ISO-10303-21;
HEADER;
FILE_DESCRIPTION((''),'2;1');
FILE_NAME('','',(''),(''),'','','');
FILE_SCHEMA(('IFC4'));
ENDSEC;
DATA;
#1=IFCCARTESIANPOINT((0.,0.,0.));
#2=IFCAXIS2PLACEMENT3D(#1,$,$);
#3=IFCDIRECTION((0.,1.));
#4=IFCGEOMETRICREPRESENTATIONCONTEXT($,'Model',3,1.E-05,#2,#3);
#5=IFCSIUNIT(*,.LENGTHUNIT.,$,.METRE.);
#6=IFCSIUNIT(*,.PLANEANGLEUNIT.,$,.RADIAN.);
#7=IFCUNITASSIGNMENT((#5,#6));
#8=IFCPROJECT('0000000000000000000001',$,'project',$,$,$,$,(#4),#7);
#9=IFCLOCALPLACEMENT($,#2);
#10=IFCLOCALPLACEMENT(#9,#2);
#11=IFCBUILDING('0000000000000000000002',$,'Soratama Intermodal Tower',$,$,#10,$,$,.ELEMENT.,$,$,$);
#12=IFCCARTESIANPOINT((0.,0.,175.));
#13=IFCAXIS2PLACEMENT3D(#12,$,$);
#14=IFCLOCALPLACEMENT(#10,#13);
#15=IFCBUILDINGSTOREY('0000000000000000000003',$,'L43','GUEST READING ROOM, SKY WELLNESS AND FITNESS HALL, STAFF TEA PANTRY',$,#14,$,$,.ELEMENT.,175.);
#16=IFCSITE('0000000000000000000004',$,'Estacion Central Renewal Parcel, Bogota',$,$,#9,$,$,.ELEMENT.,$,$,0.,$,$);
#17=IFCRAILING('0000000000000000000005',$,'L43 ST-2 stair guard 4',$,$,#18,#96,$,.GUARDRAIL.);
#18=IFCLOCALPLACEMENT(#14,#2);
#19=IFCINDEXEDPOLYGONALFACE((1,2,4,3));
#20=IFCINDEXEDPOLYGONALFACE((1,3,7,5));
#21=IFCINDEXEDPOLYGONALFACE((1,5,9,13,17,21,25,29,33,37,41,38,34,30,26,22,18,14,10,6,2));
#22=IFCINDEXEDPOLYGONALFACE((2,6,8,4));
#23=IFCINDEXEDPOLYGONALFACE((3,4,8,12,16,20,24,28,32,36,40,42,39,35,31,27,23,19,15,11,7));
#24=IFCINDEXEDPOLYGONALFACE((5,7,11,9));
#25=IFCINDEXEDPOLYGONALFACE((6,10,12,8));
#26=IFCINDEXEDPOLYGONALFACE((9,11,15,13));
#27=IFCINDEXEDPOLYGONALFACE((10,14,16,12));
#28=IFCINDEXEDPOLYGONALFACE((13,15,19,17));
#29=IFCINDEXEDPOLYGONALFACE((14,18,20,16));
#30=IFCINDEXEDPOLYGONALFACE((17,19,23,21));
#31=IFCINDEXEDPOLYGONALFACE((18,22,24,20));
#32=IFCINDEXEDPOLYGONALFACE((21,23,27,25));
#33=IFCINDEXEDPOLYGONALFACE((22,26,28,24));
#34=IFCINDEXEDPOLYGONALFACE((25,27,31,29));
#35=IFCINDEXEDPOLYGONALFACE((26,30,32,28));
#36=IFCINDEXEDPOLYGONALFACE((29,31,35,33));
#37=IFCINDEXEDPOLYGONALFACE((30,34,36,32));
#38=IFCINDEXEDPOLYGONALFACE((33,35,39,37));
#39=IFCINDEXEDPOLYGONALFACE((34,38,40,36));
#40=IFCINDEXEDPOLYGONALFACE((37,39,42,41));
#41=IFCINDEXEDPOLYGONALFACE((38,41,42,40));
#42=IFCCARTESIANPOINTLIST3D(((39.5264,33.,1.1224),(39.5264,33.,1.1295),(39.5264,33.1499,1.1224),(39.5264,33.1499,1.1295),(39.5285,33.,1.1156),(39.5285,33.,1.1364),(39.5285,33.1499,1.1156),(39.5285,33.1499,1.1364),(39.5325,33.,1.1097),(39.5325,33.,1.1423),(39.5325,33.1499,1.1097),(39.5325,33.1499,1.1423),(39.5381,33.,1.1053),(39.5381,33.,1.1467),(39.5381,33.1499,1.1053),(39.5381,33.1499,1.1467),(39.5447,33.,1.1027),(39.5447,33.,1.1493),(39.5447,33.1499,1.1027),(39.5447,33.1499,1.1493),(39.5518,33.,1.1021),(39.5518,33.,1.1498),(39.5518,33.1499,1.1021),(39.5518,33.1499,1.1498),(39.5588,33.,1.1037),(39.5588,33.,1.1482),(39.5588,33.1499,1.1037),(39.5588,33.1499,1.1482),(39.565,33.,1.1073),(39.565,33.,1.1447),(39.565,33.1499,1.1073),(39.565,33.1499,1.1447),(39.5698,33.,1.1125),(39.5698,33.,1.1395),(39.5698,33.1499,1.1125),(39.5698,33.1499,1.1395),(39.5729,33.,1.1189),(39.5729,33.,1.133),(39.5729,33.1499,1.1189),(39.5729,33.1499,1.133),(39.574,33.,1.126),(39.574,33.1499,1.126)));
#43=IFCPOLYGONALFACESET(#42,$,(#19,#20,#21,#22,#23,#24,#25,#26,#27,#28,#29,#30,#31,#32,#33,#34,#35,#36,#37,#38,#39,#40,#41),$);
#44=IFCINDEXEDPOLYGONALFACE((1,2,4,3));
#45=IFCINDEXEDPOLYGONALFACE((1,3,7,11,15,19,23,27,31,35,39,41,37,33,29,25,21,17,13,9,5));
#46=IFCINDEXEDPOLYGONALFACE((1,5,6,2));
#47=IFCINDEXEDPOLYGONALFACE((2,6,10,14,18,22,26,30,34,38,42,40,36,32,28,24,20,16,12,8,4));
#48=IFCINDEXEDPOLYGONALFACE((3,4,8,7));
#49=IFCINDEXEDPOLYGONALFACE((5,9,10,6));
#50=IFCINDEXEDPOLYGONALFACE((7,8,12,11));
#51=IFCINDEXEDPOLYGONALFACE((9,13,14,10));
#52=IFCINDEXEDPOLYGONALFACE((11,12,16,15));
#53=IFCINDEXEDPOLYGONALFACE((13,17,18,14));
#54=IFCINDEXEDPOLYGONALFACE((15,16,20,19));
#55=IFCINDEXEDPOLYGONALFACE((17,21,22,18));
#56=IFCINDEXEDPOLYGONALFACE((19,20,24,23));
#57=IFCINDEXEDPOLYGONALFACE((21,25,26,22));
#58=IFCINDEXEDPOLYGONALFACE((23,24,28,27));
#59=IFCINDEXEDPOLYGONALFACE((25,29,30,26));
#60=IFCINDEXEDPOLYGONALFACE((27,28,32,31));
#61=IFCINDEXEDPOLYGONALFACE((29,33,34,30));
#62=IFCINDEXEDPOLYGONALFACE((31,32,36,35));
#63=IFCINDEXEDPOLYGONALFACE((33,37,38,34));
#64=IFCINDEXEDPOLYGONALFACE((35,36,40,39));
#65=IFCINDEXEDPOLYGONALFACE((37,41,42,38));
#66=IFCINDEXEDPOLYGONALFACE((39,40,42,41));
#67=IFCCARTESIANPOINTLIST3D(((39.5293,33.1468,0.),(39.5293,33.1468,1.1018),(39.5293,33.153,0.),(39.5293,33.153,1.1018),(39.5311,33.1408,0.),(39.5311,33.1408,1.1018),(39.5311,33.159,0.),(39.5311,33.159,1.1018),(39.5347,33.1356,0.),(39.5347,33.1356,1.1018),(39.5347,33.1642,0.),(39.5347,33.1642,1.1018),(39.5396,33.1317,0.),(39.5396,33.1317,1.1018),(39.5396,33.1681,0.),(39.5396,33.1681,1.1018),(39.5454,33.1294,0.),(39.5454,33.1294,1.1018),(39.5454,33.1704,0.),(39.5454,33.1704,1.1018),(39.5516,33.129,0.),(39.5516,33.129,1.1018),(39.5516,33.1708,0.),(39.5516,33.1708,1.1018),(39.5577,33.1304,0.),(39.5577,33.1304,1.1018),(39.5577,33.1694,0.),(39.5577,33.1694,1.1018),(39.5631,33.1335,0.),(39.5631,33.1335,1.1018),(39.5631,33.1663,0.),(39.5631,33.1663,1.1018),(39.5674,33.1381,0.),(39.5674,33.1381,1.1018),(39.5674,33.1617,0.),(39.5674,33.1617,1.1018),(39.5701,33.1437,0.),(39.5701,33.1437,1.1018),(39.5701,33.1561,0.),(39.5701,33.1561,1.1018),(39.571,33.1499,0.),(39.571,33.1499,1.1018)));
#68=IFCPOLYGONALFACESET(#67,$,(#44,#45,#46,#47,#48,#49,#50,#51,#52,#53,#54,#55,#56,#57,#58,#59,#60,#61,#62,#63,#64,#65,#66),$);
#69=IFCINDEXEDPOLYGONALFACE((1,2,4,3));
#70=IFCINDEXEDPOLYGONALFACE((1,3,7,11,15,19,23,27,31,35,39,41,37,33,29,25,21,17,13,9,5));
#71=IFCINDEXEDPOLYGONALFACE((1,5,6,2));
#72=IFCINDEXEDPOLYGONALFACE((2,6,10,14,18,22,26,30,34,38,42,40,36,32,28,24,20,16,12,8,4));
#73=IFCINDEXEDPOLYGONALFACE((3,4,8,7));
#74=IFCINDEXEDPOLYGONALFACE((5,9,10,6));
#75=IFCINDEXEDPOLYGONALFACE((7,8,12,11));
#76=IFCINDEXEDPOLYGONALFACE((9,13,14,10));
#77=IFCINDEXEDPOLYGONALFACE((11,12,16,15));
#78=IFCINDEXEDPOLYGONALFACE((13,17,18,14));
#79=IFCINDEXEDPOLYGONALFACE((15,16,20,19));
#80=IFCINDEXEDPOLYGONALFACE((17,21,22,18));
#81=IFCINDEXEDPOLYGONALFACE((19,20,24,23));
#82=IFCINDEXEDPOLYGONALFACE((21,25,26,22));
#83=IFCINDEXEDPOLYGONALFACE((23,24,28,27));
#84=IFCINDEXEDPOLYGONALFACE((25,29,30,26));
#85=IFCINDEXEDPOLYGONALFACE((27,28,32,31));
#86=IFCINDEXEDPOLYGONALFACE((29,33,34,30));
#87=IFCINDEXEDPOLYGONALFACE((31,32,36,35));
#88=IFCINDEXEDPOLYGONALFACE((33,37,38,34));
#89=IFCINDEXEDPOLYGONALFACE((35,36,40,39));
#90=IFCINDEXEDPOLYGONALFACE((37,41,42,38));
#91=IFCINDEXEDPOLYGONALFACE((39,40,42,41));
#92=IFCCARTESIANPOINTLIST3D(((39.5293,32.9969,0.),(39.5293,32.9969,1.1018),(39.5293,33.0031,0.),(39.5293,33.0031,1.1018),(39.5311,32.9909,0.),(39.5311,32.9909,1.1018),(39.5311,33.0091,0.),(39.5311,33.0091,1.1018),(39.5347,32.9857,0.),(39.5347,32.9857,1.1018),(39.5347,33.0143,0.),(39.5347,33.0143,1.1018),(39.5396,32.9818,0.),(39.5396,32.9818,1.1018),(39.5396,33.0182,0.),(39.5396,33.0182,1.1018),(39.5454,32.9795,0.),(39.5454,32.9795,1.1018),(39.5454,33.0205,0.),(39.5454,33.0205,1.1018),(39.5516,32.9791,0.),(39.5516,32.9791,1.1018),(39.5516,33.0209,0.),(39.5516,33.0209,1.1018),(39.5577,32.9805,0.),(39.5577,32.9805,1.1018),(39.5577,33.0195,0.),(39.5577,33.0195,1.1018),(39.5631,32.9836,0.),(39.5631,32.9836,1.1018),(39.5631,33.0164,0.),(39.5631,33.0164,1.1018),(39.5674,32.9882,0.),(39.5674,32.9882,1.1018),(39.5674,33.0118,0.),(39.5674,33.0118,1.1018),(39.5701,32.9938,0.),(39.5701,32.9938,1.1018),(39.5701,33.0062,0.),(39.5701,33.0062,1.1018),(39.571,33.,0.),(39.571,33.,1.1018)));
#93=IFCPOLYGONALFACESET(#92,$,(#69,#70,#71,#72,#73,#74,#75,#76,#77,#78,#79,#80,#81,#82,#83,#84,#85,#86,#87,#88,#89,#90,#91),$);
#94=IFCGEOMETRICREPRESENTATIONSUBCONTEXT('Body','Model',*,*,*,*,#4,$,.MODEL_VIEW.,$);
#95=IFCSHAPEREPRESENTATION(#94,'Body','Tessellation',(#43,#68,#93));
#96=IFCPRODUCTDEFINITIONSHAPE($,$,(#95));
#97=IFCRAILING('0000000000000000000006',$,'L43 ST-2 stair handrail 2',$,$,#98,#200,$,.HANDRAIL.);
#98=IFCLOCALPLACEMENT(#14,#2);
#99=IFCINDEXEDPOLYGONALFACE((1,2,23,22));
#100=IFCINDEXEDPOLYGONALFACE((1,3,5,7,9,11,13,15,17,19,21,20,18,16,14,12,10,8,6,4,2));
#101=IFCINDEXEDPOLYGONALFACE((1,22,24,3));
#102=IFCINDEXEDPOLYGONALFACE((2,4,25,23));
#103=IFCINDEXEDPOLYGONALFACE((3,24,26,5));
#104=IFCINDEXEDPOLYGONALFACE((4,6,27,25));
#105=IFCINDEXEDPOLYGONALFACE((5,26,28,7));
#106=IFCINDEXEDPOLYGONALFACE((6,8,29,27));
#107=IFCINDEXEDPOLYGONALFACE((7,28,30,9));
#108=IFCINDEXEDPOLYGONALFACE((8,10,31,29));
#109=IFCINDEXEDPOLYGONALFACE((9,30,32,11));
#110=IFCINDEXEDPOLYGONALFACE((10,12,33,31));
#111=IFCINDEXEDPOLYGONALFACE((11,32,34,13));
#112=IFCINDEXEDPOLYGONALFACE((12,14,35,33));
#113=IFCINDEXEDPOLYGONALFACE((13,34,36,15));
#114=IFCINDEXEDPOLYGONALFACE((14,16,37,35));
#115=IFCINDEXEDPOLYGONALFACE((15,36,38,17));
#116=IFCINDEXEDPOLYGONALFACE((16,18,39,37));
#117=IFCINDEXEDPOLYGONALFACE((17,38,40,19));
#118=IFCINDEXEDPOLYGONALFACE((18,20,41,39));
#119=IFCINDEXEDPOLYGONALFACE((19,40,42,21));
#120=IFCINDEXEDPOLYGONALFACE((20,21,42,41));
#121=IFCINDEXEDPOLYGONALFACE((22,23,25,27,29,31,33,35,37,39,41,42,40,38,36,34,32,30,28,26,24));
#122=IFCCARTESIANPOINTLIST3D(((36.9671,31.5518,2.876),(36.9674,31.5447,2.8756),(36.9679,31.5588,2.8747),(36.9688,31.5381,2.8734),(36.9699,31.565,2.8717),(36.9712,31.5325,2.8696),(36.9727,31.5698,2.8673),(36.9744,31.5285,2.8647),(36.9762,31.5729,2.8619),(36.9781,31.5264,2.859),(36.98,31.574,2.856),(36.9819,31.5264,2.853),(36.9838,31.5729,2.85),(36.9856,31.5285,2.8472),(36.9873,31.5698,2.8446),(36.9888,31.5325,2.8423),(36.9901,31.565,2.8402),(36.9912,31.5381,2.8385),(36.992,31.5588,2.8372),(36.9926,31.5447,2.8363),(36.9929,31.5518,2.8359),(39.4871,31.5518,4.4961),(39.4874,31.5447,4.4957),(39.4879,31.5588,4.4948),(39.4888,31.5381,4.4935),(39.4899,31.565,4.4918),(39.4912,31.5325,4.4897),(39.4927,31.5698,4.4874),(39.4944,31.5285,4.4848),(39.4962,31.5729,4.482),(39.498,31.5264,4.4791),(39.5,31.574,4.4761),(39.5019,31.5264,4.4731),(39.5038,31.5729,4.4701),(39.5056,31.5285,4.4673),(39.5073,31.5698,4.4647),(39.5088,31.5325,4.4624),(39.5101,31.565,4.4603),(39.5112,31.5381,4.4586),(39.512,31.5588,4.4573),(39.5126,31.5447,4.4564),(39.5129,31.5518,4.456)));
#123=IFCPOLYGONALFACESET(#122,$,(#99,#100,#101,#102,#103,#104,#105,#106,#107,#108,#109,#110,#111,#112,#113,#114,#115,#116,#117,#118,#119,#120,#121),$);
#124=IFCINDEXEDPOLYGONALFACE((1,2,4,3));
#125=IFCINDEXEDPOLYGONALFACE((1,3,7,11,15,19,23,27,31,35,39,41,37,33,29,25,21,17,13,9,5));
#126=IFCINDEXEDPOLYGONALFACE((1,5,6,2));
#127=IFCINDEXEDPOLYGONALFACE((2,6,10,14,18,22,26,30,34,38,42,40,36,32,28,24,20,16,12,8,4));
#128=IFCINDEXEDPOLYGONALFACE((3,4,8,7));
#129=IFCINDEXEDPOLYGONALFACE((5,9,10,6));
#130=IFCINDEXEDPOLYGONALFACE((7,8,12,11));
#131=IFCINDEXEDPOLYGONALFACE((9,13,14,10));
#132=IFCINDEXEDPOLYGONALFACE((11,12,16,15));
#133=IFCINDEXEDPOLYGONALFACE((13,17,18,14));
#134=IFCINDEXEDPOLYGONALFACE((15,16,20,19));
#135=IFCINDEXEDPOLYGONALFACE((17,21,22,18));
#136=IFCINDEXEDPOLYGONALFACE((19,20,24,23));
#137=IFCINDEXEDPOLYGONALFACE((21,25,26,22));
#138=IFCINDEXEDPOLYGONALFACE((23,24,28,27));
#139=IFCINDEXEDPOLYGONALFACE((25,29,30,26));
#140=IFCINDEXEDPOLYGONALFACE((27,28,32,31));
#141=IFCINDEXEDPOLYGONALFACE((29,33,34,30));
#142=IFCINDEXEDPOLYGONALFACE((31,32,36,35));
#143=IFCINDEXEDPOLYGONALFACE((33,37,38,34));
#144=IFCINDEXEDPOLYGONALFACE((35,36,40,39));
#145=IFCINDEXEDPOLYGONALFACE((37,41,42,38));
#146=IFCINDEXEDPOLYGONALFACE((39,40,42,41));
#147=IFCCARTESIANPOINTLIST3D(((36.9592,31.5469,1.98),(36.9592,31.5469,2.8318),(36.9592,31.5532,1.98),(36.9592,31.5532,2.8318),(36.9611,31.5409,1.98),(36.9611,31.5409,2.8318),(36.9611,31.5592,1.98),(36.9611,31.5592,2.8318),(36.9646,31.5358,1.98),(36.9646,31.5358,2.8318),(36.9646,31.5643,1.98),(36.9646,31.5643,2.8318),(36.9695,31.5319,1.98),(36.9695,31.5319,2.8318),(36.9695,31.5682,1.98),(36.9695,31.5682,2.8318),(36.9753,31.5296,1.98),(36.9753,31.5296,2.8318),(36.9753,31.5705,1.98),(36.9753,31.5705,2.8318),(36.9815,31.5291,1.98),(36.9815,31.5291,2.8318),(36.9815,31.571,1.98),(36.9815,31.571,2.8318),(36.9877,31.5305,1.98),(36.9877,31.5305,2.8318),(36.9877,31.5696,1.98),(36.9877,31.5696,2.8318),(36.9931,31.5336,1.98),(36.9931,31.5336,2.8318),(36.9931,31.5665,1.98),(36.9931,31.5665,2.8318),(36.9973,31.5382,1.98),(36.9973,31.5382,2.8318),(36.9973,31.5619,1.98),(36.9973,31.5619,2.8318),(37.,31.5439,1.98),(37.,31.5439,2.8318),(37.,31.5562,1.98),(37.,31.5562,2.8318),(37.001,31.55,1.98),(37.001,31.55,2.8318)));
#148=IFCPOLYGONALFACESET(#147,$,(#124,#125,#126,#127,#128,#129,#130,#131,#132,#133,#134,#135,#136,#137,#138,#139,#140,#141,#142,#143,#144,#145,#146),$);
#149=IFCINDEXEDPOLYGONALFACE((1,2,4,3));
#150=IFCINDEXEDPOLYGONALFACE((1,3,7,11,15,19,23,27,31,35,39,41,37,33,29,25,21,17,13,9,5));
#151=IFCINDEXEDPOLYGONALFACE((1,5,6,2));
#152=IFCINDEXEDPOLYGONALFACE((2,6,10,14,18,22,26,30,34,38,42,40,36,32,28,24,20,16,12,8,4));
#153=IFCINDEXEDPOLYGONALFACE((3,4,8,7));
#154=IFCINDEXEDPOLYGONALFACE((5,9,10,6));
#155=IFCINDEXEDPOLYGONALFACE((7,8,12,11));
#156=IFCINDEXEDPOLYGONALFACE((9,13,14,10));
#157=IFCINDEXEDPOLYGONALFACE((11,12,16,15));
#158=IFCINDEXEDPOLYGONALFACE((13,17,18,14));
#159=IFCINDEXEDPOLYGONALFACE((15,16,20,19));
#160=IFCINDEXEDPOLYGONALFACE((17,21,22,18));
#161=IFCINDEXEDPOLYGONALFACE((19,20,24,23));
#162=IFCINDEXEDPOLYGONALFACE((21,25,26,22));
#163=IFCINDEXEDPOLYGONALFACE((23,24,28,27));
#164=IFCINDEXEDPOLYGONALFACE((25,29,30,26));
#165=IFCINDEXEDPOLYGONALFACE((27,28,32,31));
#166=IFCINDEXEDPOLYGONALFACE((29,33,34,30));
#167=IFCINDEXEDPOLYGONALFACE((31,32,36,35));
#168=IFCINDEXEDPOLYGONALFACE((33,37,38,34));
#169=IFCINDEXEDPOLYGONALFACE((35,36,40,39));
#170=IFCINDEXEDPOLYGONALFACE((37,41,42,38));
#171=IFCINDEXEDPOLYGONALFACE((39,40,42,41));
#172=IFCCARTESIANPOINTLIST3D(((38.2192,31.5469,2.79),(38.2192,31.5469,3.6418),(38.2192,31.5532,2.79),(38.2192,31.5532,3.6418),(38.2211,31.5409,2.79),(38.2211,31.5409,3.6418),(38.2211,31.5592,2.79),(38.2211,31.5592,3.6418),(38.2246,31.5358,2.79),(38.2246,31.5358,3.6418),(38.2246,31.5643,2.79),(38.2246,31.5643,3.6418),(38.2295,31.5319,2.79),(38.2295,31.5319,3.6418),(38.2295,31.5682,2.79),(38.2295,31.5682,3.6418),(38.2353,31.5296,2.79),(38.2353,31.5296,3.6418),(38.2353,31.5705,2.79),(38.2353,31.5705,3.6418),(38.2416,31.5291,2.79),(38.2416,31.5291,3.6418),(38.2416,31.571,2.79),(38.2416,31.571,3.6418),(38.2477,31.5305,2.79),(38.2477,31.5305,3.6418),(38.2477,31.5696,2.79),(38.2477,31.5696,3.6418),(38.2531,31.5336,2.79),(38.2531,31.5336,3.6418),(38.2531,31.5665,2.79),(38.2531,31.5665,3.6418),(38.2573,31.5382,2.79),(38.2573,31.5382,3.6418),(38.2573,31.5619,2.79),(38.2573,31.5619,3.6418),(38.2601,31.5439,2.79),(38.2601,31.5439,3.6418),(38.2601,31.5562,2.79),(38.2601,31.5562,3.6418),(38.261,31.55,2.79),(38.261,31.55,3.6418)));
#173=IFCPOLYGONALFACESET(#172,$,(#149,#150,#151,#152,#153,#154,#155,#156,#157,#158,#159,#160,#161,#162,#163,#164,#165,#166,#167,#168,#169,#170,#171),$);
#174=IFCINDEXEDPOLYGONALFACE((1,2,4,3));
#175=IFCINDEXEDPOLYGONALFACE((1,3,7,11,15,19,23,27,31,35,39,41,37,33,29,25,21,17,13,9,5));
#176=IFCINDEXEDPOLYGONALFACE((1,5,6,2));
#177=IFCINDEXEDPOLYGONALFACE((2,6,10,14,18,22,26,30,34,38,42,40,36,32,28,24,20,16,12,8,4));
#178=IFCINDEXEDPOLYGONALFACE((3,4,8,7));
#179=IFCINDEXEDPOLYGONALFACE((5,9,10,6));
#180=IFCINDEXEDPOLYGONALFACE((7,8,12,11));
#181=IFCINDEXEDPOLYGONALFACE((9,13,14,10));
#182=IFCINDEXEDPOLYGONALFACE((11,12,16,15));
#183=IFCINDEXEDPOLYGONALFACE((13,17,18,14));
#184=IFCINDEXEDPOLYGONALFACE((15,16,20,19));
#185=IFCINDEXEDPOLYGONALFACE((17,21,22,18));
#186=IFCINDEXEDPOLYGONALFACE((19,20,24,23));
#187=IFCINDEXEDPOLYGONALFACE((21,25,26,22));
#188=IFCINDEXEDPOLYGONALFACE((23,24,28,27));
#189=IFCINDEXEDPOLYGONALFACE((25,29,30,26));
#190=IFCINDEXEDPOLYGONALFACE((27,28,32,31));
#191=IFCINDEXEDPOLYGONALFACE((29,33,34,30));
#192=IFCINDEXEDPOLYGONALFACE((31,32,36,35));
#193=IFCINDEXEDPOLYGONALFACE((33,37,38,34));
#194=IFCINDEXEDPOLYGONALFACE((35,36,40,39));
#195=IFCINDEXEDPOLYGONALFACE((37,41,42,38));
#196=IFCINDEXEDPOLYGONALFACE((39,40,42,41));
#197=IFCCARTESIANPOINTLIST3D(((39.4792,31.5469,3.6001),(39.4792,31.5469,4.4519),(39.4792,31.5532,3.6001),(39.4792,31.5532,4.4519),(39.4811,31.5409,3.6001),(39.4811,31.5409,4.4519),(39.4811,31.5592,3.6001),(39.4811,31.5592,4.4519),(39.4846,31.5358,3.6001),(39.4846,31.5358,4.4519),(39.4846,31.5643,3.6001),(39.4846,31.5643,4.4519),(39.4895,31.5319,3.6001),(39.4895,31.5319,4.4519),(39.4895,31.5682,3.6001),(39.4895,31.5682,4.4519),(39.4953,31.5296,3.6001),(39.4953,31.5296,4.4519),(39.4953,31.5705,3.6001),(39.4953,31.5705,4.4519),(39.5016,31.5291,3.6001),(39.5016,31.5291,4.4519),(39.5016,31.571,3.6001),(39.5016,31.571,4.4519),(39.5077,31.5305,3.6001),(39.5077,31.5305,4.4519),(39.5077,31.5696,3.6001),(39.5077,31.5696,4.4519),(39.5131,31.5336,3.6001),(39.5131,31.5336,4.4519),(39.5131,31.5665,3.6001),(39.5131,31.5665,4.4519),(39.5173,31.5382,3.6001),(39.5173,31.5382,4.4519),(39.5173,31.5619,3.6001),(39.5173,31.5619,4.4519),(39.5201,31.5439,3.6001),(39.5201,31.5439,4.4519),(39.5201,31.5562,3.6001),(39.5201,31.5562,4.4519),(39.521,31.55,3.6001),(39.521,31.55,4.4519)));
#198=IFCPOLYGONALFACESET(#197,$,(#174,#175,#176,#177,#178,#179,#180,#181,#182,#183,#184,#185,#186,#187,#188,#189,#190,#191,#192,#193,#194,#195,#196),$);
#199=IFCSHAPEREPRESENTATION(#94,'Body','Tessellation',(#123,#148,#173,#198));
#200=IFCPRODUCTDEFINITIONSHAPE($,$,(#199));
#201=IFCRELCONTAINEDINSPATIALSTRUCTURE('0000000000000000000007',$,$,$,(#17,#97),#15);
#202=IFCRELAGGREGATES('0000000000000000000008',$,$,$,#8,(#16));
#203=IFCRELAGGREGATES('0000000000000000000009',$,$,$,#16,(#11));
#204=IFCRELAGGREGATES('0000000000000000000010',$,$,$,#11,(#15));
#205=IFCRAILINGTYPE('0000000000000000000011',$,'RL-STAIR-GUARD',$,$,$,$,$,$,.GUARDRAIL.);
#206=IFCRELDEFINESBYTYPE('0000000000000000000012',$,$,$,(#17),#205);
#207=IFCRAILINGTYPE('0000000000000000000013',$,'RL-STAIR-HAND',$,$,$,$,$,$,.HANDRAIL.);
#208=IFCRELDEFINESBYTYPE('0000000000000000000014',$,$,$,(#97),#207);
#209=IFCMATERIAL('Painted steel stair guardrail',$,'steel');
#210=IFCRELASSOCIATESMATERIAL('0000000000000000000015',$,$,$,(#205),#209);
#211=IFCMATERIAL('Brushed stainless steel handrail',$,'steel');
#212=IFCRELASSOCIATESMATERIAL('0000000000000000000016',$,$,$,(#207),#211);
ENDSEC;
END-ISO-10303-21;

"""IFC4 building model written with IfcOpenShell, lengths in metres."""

from ifc_helpers import new_model, si_unit, direction, frame, origin, origin_2d, place, context, subcontext, project, spatial, circle, extrude, material, type_object, element, save


model = new_model("IFC4")

# Units and contexts
model_context = context("Model", 3, precision=1e-05, world=origin(), true_north=direction((0.0, 1.0)))
body_context = subcontext(model_context, "Body", "Model", "MODEL_VIEW")
ifc_project = project(units=[si_unit("LENGTHUNIT", "METRE"), si_unit("PLANEANGLEUNIT", "RADIAN")], contexts=[model_context])

# Site, building, storey
site_placement = place(None, origin())
site = spatial("IfcSite", under=ifc_project, at=site_placement, Name="Estacion Central Renewal Parcel, Bogota", CompositionType="ELEMENT", RefElevation=0.0)
building_placement = place(site_placement, origin())
building = spatial("IfcBuilding", under=site, at=building_placement, Name="Soratama Intermodal Tower", CompositionType="ELEMENT")
storey_placement = place(building_placement, frame((0.0, 0.0, 175.0)))
storey = spatial("IfcBuildingStorey", under=building, at=storey_placement, Name="L43", Description="GUEST READING ROOM, SKY WELLNESS AND FITNESS HALL, STAFF TEA PANTRY", CompositionType="ELEMENT", Elevation=175.0)

# Railings
ifc_material_1 = material(Name="Painted steel stair guardrail", Category="steel")
railing_type_1 = type_object("IfcRailingType", Name="RL-STAIR-GUARD", PredefinedType="GUARDRAIL", material=ifc_material_1)
railing_1_placement = place(storey_placement, frame((39.55, 33.1499, 0.0)))
element("IfcRailing", 1, at=railing_1_placement, inside=storey, type_object=railing_type_1, Name="L43 ST-2 stair guard 4", PredefinedType="GUARDRAIL", context=body_context, shape_type="SweptSolid", body=[
    extrude(circle(Radius=0.0239, at=origin_2d()), frame((0.0, 0.0, 1.126), z_axis=(0.0, -1.0, 0.0), x_axis=(1.0, 0.0, 0.0)), (0.0, 0.0, 1.0), 0.1499),
    extrude(circle(Radius=0.021, at=origin_2d()), origin(), (0.0, 0.0, 1.0), 1.1018),
    extrude(circle(Radius=0.021, at=origin_2d()), frame((0.0, -0.1499, 0.0)), (0.0, 0.0, 1.0), 1.1018),
])
ifc_material_2 = material(Name="Brushed stainless steel handrail", Category="steel")
railing_type_2 = type_object("IfcRailingType", Name="RL-STAIR-HAND", PredefinedType="HANDRAIL", material=ifc_material_2)
railing_2_placement = place(storey_placement, frame((36.98, 31.55, 1.98)))
element("IfcRailing", 2, at=railing_2_placement, inside=storey, type_object=railing_type_2, Name="L43 ST-2 stair handrail 2", PredefinedType="HANDRAIL", context=body_context, shape_type="SweptSolid", body=[
    extrude(circle(Radius=0.0239, at=origin_2d()), frame((0.0, 0.0, 0.876), z_axis=(0.841163, 0.0, 0.540782), x_axis=(0.0, 1.0, 0.0)), (0.0, 0.0, 1.0), 2.9958),
    extrude(circle(Radius=0.021, at=origin_2d()), origin(), (0.0, 0.0, 1.0), 0.8518),
    extrude(circle(Radius=0.021, at=origin_2d()), frame((1.26, 0.0, 0.8101)), (0.0, 0.0, 1.0), 0.8518),
    extrude(circle(Radius=0.021, at=origin_2d()), frame((2.52, 0.0, 1.6201)), (0.0, 0.0, 1.0), 0.8518),
])

save(model, "model.ifc")
